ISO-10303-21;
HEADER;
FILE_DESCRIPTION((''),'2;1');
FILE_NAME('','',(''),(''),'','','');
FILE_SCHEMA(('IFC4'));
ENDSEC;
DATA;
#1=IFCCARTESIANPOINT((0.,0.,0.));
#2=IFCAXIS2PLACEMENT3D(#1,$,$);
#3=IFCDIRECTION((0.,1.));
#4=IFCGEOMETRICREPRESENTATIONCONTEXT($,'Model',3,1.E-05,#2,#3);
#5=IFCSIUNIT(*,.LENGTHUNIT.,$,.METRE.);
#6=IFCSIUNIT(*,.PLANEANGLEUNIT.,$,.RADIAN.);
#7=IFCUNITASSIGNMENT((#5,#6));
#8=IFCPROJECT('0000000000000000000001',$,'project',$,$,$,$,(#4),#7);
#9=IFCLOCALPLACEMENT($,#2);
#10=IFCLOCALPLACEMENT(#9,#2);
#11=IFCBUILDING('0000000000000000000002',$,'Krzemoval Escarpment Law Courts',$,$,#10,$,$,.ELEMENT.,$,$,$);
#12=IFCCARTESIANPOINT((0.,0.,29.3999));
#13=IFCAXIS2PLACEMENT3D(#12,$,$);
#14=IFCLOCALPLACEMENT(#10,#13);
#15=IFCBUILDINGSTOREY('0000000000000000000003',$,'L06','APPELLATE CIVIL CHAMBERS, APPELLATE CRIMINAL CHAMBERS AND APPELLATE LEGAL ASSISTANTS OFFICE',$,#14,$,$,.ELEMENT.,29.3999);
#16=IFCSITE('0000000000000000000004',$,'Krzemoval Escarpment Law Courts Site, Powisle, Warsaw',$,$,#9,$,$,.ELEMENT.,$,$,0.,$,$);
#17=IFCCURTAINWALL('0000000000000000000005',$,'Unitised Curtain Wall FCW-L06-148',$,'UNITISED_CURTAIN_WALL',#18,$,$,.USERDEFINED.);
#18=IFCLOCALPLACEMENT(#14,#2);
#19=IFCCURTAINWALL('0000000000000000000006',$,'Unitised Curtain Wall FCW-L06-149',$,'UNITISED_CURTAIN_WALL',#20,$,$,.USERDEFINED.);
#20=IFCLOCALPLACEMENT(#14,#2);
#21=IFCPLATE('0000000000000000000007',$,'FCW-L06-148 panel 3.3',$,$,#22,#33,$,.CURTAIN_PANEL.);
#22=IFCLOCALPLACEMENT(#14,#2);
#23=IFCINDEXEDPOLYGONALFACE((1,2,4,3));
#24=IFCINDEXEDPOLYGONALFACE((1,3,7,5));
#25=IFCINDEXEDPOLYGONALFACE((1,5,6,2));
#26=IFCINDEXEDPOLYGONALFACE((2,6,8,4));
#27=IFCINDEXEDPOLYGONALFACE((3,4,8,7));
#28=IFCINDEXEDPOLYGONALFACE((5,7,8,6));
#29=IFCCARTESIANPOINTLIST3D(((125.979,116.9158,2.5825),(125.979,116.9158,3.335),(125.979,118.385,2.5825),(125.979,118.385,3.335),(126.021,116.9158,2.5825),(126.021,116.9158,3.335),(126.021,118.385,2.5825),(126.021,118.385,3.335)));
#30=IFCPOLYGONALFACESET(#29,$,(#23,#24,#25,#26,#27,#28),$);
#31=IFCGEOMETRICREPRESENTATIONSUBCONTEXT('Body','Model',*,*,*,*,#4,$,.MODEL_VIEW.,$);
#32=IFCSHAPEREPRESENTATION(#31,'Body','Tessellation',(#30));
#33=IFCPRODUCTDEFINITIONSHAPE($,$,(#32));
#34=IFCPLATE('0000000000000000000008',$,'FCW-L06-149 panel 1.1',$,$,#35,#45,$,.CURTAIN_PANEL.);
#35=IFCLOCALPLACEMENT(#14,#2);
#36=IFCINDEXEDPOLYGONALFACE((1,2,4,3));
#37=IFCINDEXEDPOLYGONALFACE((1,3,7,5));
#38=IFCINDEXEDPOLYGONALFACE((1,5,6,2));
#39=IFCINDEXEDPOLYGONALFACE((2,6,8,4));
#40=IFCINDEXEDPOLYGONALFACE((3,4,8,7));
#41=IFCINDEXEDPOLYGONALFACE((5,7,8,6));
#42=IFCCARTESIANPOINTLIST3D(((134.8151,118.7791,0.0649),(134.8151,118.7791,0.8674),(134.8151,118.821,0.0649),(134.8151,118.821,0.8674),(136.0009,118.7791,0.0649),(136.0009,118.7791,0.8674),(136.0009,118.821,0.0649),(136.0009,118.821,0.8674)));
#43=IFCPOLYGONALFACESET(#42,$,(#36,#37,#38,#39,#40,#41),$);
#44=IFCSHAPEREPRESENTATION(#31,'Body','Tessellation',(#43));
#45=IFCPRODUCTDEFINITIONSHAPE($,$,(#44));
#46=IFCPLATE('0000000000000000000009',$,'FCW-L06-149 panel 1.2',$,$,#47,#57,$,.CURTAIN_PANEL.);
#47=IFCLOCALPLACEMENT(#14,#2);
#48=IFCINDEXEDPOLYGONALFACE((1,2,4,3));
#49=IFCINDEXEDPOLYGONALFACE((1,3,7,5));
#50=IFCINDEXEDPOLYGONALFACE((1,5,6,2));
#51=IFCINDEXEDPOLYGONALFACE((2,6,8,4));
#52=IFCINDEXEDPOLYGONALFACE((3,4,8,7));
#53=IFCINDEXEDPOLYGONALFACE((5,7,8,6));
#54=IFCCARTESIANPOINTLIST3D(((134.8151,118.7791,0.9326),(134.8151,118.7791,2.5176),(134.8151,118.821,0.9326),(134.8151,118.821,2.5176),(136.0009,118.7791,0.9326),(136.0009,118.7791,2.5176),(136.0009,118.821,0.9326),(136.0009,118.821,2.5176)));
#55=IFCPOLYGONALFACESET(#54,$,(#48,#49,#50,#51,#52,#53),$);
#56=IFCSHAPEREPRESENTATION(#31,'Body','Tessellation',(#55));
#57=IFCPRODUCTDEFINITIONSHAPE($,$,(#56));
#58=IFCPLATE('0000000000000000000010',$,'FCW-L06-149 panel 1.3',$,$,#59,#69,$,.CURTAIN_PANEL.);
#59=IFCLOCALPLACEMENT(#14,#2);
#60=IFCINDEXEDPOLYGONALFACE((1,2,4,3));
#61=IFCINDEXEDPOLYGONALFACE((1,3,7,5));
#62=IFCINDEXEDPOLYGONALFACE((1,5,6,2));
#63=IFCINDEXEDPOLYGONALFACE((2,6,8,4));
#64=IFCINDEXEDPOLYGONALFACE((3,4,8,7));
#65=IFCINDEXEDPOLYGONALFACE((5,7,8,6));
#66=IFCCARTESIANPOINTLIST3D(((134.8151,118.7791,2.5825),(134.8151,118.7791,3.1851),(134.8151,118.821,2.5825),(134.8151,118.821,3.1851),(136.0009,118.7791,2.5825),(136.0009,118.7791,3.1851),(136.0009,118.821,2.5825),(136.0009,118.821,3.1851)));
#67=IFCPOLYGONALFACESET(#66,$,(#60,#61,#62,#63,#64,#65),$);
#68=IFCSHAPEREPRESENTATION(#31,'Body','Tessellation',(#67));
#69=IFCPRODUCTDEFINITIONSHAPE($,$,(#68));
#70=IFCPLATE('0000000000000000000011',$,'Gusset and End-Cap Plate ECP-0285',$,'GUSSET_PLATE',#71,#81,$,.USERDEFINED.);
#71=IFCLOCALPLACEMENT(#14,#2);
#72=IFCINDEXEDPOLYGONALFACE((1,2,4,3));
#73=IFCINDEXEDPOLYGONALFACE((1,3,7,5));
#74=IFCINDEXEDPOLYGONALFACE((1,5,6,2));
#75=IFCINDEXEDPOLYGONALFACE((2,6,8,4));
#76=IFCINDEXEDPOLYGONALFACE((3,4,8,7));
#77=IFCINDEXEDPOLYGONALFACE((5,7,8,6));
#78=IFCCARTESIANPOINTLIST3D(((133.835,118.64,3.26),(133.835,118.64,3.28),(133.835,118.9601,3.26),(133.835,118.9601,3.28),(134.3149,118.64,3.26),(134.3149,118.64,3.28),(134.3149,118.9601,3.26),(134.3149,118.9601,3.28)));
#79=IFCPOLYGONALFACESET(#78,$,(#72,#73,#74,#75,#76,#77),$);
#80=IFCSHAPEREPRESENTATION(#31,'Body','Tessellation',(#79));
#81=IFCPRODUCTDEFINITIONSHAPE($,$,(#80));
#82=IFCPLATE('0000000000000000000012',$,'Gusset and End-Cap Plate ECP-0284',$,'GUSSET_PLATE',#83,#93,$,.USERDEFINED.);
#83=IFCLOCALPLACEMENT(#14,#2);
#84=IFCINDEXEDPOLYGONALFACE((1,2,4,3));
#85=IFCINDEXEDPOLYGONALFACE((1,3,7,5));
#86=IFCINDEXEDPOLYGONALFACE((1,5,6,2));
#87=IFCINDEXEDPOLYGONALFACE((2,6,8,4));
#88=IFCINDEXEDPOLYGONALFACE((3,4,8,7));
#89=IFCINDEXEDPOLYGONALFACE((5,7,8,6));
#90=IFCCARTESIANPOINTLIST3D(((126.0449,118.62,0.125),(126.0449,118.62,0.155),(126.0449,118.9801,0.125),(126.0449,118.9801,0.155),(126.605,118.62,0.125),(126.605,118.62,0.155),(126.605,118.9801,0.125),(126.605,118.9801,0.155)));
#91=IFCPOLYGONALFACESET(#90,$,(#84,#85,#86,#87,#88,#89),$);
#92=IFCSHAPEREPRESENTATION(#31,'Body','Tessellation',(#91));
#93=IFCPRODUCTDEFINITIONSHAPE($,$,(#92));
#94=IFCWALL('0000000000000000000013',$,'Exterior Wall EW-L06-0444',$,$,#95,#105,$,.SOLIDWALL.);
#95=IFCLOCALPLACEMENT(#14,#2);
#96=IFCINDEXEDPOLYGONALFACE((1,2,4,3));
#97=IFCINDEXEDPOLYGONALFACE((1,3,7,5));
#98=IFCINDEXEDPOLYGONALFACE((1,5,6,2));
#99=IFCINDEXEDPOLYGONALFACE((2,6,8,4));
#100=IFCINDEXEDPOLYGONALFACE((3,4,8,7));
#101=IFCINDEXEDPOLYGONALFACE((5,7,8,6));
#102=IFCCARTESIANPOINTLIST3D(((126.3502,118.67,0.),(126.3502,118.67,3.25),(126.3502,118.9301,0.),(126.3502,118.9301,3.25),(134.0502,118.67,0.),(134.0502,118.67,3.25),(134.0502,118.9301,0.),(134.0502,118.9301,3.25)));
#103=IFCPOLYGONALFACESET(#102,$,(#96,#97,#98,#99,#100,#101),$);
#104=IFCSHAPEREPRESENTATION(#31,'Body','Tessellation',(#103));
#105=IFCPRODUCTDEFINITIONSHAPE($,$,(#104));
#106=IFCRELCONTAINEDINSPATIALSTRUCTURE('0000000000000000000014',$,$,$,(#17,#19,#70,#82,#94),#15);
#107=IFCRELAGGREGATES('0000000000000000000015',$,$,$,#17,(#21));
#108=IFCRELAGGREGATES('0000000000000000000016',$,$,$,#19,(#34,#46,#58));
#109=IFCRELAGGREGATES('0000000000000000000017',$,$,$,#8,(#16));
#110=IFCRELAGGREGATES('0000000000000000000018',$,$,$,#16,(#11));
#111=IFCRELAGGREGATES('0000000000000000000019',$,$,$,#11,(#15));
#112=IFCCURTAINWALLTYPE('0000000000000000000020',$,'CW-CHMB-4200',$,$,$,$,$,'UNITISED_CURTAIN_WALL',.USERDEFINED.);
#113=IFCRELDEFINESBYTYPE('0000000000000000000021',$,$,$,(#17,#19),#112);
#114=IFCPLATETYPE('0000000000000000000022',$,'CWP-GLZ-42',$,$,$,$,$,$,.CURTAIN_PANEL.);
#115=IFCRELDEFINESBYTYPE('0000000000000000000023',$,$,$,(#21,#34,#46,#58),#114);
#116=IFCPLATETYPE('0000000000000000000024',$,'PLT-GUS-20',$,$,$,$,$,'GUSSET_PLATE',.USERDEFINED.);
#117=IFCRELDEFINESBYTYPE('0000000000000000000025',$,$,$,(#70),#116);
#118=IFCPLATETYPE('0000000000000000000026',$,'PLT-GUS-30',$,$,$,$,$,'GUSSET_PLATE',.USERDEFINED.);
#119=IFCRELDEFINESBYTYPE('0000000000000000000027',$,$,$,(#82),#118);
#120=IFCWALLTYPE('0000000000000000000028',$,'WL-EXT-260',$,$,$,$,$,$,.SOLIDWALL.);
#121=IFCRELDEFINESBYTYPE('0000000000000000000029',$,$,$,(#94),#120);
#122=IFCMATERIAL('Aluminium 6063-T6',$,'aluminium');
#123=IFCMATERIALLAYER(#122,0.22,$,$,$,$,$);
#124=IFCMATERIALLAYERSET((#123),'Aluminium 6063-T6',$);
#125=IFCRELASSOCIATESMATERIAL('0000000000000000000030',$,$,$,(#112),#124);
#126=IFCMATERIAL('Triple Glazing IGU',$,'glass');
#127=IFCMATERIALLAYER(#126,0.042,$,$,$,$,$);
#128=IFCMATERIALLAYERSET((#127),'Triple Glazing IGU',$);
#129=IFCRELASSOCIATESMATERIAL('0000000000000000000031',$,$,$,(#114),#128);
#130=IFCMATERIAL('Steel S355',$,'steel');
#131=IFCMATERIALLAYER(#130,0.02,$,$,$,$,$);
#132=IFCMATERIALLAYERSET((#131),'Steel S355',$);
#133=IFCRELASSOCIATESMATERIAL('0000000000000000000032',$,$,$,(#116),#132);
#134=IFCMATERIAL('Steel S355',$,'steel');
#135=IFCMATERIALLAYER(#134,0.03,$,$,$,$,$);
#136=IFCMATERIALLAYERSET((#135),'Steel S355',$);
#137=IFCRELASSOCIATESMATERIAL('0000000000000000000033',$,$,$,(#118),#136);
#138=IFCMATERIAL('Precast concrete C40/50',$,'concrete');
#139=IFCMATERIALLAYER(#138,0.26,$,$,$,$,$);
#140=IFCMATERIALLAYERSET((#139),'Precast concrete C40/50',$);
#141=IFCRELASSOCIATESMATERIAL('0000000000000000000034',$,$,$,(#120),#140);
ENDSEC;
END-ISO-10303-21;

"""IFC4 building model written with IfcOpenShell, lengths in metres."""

from ifc_helpers import new_model, si_unit, direction, frame, frame_2d, origin, origin_2d, place, context, subcontext, project, spatial, rectangle, extrude, material, layer, layer_set, type_object, element, aggregate, save


model = new_model("IFC4")

# Units and contexts
model_context = context("Model", 3, precision=1e-05, world=origin(), true_north=direction((0.0, 1.0)))
body_context = subcontext(model_context, "Body", "Model", "MODEL_VIEW")
ifc_project = project(units=[si_unit("LENGTHUNIT", "METRE"), si_unit("PLANEANGLEUNIT", "RADIAN")], contexts=[model_context])

# Site, building, storey
site_placement = place(None, origin())
site = spatial("IfcSite", under=ifc_project, at=site_placement, Name="Krzemoval Escarpment Law Courts Site, Powisle, Warsaw", CompositionType="ELEMENT", RefElevation=0.0)
building_placement = place(site_placement, origin())
building = spatial("IfcBuilding", under=site, at=building_placement, Name="Krzemoval Escarpment Law Courts", CompositionType="ELEMENT")
storey_placement = place(building_placement, frame((0.0, 0.0, 29.3999)))
storey = spatial("IfcBuildingStorey", under=building, at=storey_placement, Name="L06", Description="APPELLATE CIVIL CHAMBERS, APPELLATE CRIMINAL CHAMBERS AND APPELLATE LEGAL ASSISTANTS OFFICE", CompositionType="ELEMENT", Elevation=29.3999)

# Curtain wall
ifc_material_1 = material(Name="Aluminium 6063-T6", Category="aluminium")
ifc_layer_1 = layer(ifc_material_1, 0.22)
ifc_layer_set_1 = layer_set([ifc_layer_1], Name="Aluminium 6063-T6")
curtain_wall_type = type_object("IfcCurtainWallType", Name="CW-CHMB-4200", ElementType="UNITISED_CURTAIN_WALL", PredefinedType="USERDEFINED", material=ifc_layer_set_1)
curtain_wall_1_placement = place(storey_placement, origin())
curtain_wall_1 = element("IfcCurtainWall", 1, at=curtain_wall_1_placement, inside=storey, type_object=curtain_wall_type, Name="Unitised Curtain Wall FCW-L06-148", ObjectType="UNITISED_CURTAIN_WALL", PredefinedType="USERDEFINED")

# Curtain wall
curtain_wall_2_placement = place(storey_placement, origin())
curtain_wall_2 = element("IfcCurtainWall", 2, at=curtain_wall_2_placement, inside=storey, type_object=curtain_wall_type, Name="Unitised Curtain Wall FCW-L06-149", ObjectType="UNITISED_CURTAIN_WALL", PredefinedType="USERDEFINED")

# Plates
ifc_material_2 = material(Name="Triple Glazing IGU", Category="glass")
ifc_layer_2 = layer(ifc_material_2, 0.042)
ifc_layer_set_2 = layer_set([ifc_layer_2], Name="Triple Glazing IGU")
plate_type_1 = type_object("IfcPlateType", Name="CWP-GLZ-42", PredefinedType="CURTAIN_PANEL", material=ifc_layer_set_2)
plate_1_placement = place(storey_placement, frame((126.0, 117.6504, 2.5825), z_axis=(0.0, 0.0, 1.0), x_axis=(0.0, 1.0, 0.0)))
plate_1 = element("IfcPlate", 3, at=plate_1_placement, type_object=plate_type_1, Name="FCW-L06-148 panel 3.3", PredefinedType="CURTAIN_PANEL", context=body_context, shape_type="SweptSolid", body=[
    extrude(rectangle(XDim=1.4692, YDim=0.042, at=origin_2d()), origin(), (0.0, 0.0, 1.0), 0.7524),
])
aggregate(curtain_wall_1, [plate_1])
plate_2_placement = place(storey_placement, frame((135.408, 118.8, 0.0649), z_axis=(0.0, 0.0, 1.0), x_axis=(1.0, 0.0, 0.0)))
plate_2 = element("IfcPlate", 4, at=plate_2_placement, type_object=plate_type_1, Name="FCW-L06-149 panel 1.1", PredefinedType="CURTAIN_PANEL", context=body_context, shape_type="SweptSolid", body=[
    extrude(rectangle(XDim=1.1858, YDim=0.042, at=origin_2d()), origin(), (0.0, 0.0, 1.0), 0.8025),
])
plate_3_placement = place(storey_placement, frame((135.408, 118.8, 0.9326), z_axis=(0.0, 0.0, 1.0), x_axis=(1.0, 0.0, 0.0)))
plate_3 = element("IfcPlate", 5, at=plate_3_placement, type_object=plate_type_1, Name="FCW-L06-149 panel 1.2", PredefinedType="CURTAIN_PANEL", context=body_context, shape_type="SweptSolid", body=[
    extrude(rectangle(XDim=1.1858, YDim=0.042, at=origin_2d()), origin(), (0.0, 0.0, 1.0), 1.585),
])
plate_4_placement = place(storey_placement, frame((135.408, 118.8, 2.5825), z_axis=(0.0, 0.0, 1.0), x_axis=(1.0, 0.0, 0.0)))
plate_4 = element("IfcPlate", 6, at=plate_4_placement, type_object=plate_type_1, Name="FCW-L06-149 panel 1.3", PredefinedType="CURTAIN_PANEL", context=body_context, shape_type="SweptSolid", body=[
    extrude(rectangle(XDim=1.1858, YDim=0.042, at=origin_2d()), origin(), (0.0, 0.0, 1.0), 0.6025),
])
aggregate(curtain_wall_2, [plate_2, plate_3, plate_4])

# Plates
ifc_material_3 = material(Name="Steel S355", Category="steel")
ifc_layer_3 = layer(ifc_material_3, 0.02)
ifc_layer_set_3 = layer_set([ifc_layer_3], Name="Steel S355")
plate_type_2 = type_object("IfcPlateType", Name="PLT-GUS-20", ElementType="GUSSET_PLATE", PredefinedType="USERDEFINED", material=ifc_layer_set_3)
plate_5_placement = place(storey_placement, frame((134.075, 118.8, 3.26), z_axis=(0.0, 0.0, 1.0), x_axis=(1.0, 0.0, 0.0)))
element("IfcPlate", 7, at=plate_5_placement, inside=storey, type_object=plate_type_2, Name="Gusset and End-Cap Plate ECP-0285", ObjectType="GUSSET_PLATE", PredefinedType="USERDEFINED", context=body_context, shape_type="SweptSolid", body=[
    extrude(rectangle(XDim=0.48, YDim=0.3201, at=origin_2d()), origin(), (0.0, 0.0, 1.0), 0.02),
])
ifc_material_4 = material(Name="Steel S355", Category="steel")
ifc_layer_4 = layer(ifc_material_4, 0.03)
ifc_layer_set_4 = layer_set([ifc_layer_4], Name="Steel S355")
plate_type_3 = type_object("IfcPlateType", Name="PLT-GUS-30", ElementType="GUSSET_PLATE", PredefinedType="USERDEFINED", material=ifc_layer_set_4)
plate_6_placement = place(storey_placement, frame((126.325, 118.8, 0.125), z_axis=(0.0, 0.0, 1.0), x_axis=(1.0, 0.0, 0.0)))
element("IfcPlate", 8, at=plate_6_placement, inside=storey, type_object=plate_type_3, Name="Gusset and End-Cap Plate ECP-0284", ObjectType="GUSSET_PLATE", PredefinedType="USERDEFINED", context=body_context, shape_type="SweptSolid", body=[
    extrude(rectangle(XDim=0.5601, YDim=0.3601, at=origin_2d()), origin(), (0.0, 0.0, 1.0), 0.03),
])

# Wall
ifc_material_5 = material(Name="Precast concrete C40/50", Category="concrete")
ifc_layer_5 = layer(ifc_material_5, 0.26)
ifc_layer_set_5 = layer_set([ifc_layer_5], Name="Precast concrete C40/50")
wall_type = type_object("IfcWallType", Name="WL-EXT-260", PredefinedType="SOLIDWALL", material=ifc_layer_set_5)
wall_placement = place(storey_placement, frame((126.3501, 118.8, 0.0), z_axis=(0.0, 0.0, 1.0), x_axis=(1.0, 0.0, 0.0)))
element("IfcWall", 9, at=wall_placement, inside=storey, type_object=wall_type, Name="Exterior Wall EW-L06-0444", PredefinedType="SOLIDWALL", context=body_context, shape_type="SweptSolid", body=[
    extrude(rectangle(XDim=7.7, YDim=0.26, at=frame_2d((3.8501, 0.0))), origin(), (0.0, 0.0, 1.0), 3.25),
])

save(model, "model.ifc")
